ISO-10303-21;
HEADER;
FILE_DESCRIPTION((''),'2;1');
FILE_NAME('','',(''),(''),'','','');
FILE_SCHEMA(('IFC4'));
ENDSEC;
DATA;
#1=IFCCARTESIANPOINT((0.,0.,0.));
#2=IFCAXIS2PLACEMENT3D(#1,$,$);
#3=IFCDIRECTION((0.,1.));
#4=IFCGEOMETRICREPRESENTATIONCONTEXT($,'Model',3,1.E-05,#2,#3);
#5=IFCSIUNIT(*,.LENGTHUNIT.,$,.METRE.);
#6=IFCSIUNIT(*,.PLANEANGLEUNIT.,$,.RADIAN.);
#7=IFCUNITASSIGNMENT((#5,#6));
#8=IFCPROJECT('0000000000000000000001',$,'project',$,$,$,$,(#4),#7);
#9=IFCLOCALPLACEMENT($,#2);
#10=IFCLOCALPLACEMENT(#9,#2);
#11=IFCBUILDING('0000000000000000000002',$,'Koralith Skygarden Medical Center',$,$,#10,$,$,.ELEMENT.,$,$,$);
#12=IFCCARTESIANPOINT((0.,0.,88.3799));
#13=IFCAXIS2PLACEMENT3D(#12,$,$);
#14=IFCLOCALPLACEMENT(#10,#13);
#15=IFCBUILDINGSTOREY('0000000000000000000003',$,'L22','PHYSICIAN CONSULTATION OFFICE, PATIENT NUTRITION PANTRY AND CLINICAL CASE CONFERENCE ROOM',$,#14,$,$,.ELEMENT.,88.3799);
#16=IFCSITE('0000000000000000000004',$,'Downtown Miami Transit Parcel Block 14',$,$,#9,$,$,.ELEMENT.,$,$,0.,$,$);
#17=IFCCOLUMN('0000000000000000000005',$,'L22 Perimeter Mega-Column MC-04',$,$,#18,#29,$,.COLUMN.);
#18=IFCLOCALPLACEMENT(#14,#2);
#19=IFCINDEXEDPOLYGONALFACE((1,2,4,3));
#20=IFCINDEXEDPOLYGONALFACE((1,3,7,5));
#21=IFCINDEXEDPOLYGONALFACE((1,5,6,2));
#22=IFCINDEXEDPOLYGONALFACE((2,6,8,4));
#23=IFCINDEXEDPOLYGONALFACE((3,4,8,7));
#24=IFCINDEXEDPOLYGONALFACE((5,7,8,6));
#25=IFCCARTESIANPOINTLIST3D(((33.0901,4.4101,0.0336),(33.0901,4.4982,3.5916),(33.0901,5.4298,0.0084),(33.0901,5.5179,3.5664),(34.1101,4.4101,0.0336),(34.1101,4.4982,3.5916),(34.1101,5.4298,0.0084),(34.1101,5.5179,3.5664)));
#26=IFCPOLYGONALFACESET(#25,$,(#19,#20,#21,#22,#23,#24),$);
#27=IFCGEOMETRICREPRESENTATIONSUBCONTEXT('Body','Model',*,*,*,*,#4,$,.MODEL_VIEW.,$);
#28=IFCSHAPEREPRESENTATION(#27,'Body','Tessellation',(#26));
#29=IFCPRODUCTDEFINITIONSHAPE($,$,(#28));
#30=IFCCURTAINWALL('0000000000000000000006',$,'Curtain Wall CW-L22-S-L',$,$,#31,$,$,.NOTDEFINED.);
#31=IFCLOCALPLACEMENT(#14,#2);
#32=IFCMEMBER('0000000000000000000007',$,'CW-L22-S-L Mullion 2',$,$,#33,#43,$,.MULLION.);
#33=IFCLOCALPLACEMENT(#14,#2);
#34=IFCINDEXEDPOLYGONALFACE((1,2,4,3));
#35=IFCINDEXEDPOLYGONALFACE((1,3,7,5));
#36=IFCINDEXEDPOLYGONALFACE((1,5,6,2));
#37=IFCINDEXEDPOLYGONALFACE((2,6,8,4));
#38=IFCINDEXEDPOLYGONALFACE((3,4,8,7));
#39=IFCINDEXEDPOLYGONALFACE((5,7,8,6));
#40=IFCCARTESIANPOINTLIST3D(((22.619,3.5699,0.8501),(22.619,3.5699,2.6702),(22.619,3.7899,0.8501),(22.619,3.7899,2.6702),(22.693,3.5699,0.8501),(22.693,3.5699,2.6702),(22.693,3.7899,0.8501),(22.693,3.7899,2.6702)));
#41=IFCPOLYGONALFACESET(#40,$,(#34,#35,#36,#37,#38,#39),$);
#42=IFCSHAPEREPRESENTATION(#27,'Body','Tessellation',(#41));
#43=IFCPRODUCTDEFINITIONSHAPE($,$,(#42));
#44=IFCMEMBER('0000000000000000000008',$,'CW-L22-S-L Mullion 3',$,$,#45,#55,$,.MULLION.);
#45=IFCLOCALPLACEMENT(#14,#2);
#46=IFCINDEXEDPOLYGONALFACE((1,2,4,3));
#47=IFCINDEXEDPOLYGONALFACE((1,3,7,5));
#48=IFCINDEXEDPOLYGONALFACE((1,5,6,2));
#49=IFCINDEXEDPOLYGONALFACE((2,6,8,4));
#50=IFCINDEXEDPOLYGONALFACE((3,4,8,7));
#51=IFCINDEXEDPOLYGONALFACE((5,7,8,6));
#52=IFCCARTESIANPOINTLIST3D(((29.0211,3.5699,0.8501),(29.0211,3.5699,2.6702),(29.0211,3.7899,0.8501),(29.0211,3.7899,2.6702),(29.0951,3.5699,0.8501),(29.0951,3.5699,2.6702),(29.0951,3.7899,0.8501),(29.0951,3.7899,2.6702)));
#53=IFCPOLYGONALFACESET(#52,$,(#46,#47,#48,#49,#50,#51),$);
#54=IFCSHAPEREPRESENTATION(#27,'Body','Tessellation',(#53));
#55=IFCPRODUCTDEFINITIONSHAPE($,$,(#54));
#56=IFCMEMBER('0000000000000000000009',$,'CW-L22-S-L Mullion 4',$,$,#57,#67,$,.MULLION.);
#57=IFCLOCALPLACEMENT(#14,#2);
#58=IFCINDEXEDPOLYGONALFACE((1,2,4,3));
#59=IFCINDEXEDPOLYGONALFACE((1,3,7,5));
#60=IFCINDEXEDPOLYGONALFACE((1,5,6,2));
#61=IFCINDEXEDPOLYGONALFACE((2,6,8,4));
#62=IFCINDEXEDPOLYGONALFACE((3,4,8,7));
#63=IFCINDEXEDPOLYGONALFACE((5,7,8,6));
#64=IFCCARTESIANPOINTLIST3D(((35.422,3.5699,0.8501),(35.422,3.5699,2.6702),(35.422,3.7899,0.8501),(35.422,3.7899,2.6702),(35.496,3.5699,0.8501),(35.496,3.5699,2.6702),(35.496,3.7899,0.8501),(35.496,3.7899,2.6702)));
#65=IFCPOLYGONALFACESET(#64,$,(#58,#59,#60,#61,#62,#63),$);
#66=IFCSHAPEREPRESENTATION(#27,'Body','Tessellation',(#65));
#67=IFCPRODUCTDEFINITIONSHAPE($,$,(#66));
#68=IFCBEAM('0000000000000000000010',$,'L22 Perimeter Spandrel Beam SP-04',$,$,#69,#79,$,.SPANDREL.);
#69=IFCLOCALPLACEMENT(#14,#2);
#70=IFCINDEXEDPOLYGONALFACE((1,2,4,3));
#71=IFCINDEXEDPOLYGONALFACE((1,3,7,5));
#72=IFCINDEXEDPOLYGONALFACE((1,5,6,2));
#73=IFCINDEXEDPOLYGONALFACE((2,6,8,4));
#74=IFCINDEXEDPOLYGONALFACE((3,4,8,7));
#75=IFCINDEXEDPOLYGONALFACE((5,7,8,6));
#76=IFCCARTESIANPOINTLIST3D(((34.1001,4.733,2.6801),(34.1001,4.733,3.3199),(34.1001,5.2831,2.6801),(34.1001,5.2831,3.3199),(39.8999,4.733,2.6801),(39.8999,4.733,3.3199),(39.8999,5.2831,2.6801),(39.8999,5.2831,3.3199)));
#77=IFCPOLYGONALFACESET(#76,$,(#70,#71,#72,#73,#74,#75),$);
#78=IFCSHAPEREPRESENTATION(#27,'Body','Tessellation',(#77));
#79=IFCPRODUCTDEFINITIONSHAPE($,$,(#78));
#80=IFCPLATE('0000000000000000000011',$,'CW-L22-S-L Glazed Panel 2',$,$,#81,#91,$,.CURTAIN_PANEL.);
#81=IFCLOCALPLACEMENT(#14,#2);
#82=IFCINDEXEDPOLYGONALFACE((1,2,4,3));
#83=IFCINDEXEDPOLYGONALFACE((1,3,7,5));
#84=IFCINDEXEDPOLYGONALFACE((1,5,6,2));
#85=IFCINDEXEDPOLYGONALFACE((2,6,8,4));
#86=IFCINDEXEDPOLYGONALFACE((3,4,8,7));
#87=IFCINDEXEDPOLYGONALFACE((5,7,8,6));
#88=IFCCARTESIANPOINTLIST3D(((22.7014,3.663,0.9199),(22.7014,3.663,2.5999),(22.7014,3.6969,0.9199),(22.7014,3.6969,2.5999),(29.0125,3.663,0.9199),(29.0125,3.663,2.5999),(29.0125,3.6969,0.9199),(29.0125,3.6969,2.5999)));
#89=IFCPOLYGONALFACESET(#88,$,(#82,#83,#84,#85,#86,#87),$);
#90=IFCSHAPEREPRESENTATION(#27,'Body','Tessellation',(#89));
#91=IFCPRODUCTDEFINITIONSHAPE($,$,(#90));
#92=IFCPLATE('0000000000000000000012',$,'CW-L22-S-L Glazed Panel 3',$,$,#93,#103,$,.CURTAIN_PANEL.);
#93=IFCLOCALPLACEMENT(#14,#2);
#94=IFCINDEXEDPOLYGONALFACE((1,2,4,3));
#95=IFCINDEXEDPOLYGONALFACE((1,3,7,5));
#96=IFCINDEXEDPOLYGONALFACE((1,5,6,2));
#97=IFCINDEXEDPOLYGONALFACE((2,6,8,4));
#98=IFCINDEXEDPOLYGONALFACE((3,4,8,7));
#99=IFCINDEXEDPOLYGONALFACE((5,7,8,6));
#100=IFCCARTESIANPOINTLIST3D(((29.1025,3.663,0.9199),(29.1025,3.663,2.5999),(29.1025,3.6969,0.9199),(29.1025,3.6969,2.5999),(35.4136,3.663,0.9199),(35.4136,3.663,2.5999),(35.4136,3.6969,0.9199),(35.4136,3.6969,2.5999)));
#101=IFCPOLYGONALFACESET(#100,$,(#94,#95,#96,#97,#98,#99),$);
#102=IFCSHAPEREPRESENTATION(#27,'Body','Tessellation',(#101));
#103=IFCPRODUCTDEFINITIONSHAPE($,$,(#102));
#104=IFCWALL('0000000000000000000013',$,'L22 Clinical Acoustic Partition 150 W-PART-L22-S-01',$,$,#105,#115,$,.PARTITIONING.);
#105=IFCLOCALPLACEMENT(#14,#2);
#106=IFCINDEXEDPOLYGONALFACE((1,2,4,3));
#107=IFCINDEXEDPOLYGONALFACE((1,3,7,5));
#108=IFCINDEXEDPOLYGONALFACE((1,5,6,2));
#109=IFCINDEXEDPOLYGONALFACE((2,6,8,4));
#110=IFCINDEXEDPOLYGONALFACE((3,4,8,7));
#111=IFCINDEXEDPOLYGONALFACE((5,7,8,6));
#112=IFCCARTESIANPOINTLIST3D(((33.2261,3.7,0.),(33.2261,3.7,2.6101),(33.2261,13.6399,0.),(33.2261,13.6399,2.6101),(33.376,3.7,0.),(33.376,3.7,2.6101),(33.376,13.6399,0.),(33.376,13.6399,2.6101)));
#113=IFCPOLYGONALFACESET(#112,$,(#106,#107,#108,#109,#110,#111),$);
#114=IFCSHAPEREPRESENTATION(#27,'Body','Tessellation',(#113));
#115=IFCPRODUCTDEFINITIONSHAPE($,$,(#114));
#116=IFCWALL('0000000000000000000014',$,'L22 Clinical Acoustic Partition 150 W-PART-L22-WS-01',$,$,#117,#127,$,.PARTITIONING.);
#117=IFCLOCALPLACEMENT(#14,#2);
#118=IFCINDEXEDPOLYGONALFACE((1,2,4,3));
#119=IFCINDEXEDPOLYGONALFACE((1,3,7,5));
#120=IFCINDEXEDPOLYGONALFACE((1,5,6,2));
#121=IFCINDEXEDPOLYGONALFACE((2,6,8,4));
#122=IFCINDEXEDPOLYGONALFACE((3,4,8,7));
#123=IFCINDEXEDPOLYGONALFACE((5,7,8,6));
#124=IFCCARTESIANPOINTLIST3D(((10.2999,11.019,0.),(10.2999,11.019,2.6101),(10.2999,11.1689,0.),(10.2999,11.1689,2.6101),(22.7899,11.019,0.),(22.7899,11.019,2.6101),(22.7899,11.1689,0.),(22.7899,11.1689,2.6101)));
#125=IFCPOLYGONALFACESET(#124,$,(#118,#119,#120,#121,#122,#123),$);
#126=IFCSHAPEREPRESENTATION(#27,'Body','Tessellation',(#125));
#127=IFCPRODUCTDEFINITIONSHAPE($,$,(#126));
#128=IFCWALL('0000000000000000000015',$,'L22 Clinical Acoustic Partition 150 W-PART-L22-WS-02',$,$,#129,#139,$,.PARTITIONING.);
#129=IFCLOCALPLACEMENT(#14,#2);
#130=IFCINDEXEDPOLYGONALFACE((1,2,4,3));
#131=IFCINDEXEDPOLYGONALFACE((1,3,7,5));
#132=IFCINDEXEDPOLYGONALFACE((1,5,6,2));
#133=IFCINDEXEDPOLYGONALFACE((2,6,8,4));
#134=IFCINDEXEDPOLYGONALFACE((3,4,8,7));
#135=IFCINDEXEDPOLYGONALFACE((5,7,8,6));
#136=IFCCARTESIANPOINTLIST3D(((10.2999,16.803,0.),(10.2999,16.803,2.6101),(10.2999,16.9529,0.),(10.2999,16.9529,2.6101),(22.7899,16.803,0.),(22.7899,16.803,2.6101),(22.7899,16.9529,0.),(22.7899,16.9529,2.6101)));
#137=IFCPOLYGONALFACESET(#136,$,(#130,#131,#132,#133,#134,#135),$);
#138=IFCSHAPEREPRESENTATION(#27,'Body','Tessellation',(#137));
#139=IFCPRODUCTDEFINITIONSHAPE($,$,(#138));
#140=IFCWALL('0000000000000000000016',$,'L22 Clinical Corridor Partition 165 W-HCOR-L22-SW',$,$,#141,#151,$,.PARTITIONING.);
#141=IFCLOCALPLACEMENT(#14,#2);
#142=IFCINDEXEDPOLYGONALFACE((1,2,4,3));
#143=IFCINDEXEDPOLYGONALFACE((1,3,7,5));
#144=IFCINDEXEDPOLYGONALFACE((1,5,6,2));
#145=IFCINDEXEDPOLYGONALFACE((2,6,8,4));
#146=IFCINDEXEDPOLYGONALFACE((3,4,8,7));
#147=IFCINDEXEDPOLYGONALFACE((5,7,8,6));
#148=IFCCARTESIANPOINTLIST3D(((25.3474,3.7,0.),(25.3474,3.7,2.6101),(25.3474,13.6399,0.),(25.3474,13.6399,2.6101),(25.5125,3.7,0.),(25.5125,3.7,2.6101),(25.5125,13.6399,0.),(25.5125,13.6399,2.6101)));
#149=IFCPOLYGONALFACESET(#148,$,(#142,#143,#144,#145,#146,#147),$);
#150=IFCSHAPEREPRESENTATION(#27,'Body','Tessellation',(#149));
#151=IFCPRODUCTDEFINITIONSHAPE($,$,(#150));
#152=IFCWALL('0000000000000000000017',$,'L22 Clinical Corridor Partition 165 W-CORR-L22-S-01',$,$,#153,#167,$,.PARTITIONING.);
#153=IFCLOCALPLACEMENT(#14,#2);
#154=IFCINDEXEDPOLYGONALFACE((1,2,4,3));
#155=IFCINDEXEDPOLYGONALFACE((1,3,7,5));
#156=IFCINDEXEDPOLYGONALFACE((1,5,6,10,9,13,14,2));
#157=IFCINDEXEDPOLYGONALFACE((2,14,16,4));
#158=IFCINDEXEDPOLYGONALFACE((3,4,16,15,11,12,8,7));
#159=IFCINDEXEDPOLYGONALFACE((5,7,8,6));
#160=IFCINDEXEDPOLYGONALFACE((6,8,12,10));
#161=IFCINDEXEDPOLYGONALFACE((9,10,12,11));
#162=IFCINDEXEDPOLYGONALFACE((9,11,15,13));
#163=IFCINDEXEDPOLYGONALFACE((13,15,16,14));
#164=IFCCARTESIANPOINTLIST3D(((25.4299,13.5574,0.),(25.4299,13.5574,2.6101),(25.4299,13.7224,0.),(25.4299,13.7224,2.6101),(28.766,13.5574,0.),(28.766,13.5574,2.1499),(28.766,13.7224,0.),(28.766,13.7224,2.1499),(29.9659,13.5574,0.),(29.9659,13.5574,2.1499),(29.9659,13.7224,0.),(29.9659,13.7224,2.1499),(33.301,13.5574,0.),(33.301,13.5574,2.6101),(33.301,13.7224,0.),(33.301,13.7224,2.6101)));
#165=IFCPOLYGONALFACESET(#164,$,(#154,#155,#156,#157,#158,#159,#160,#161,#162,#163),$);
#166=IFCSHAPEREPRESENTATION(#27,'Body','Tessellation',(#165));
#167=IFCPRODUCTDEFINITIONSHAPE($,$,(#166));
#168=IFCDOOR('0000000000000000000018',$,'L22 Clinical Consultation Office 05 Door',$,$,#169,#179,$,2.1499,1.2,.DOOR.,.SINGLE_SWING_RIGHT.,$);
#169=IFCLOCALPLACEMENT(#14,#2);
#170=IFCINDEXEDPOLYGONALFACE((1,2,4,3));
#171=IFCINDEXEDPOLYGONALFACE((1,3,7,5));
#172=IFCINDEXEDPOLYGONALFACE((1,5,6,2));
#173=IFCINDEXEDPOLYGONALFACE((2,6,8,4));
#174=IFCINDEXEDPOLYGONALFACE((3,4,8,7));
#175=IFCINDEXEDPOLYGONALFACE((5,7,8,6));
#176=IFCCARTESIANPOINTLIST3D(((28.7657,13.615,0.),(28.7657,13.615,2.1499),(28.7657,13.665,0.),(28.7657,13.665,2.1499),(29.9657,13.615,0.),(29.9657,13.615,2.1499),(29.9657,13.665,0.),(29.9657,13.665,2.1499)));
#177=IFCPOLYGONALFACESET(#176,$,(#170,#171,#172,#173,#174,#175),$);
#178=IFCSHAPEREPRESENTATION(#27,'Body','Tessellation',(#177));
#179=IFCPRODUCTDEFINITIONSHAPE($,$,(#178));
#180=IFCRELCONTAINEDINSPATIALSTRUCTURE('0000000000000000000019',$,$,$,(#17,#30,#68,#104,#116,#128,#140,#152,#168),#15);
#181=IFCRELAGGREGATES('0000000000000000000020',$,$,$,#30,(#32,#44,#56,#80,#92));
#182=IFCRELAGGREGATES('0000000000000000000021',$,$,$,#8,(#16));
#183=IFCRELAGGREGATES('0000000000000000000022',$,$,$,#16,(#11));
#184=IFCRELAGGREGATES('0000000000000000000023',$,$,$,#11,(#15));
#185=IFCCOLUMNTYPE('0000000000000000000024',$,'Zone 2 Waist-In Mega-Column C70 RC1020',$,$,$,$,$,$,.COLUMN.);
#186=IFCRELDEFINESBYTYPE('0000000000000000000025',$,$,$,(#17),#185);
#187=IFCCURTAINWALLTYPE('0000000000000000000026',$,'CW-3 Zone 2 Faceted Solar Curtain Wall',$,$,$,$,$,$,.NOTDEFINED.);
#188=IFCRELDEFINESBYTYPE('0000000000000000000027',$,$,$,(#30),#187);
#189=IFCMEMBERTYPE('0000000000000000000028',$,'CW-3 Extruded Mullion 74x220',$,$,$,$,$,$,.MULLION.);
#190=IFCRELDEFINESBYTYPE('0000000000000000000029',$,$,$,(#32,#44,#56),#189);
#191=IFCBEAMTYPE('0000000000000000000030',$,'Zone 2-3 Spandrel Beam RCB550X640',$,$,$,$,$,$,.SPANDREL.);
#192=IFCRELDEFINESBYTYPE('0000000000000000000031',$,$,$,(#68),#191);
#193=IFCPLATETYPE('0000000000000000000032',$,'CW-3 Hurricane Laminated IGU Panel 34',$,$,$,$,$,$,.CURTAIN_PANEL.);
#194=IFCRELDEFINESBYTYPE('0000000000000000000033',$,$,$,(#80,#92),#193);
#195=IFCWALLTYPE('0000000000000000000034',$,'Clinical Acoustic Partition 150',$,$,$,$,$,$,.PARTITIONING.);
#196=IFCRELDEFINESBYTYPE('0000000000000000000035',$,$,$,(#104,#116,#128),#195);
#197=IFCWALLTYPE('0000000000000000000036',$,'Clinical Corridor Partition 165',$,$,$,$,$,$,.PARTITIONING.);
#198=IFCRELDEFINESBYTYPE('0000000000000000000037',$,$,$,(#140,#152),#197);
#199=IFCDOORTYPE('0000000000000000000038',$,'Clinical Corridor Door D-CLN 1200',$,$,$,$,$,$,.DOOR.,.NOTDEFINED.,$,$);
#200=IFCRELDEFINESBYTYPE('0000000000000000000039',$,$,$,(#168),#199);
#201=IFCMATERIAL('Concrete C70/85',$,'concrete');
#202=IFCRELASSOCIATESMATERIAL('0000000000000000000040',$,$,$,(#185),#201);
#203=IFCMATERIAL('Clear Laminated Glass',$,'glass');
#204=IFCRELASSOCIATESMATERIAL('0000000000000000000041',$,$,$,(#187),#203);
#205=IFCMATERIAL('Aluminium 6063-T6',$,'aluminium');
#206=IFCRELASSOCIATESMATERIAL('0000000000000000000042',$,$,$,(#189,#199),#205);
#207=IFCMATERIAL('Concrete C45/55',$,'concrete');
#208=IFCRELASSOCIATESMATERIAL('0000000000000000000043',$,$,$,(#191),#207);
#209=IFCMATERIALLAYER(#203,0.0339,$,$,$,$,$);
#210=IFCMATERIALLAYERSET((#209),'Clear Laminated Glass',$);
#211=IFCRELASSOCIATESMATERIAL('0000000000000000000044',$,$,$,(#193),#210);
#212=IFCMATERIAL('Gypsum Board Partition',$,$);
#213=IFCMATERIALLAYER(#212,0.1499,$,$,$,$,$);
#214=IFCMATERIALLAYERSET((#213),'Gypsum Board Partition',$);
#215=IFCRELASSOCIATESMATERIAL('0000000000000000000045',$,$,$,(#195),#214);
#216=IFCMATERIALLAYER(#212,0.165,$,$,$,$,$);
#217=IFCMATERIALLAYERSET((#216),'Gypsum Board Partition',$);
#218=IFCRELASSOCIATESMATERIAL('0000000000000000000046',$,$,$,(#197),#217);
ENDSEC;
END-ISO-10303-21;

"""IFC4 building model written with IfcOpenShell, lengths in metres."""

from ifc_helpers import new_model, si_unit, direction, frame, frame_2d, origin, origin_2d, place, context, subcontext, project, spatial, rectangle, extrude, material, layer, layer_set, material_profile, profile_set, type_object, element, fill, aggregate, save


model = new_model("IFC4")

# Units and contexts
model_context = context("Model", 3, precision=1e-05, world=origin(), true_north=direction((0.0, 1.0)))
body_context = subcontext(model_context, "Body", "Model", "MODEL_VIEW")
ifc_project = project(units=[si_unit("LENGTHUNIT", "METRE"), si_unit("PLANEANGLEUNIT", "RADIAN")], contexts=[model_context])

# Site, building, storey
site_placement = place(None, origin())
site = spatial("IfcSite", under=ifc_project, at=site_placement, Name="Downtown Miami Transit Parcel Block 14", CompositionType="ELEMENT", RefElevation=0.0)
building_placement = place(site_placement, origin())
building = spatial("IfcBuilding", under=site, at=building_placement, Name="Koralith Skygarden Medical Center", CompositionType="ELEMENT")
storey_placement = place(building_placement, frame((0.0, 0.0, 88.3799)))
storey = spatial("IfcBuildingStorey", under=building, at=storey_placement, Name="L22", Description="PHYSICIAN CONSULTATION OFFICE, PATIENT NUTRITION PANTRY AND CLINICAL CASE CONFERENCE ROOM", CompositionType="ELEMENT", Elevation=88.3799)

# Column
ifc_material_1 = material(Name="Concrete C70/85", Category="concrete")
ifc_material_profile_1 = material_profile(ifc_material_1, rectangle(XDim=1.02, YDim=1.02, at=origin_2d()), Name="RC1020X1020")
ifc_profile_set_1 = profile_set([ifc_material_profile_1], Name="Concrete C70/85")
column_type = type_object("IfcColumnType", Name="Zone 2 Waist-In Mega-Column C70 RC1020", PredefinedType="COLUMN", material=ifc_profile_set_1)
column_placement = place(storey_placement, frame((33.6001, 4.9199, 0.021), z_axis=(0.0, 0.024763, 0.999693), x_axis=(-1.0, 0.0, 0.0)))
element("IfcColumn", 1, at=column_placement, inside=storey, type_object=column_type, Name="L22 Perimeter Mega-Column MC-04", PredefinedType="COLUMN", context=body_context, shape_type="SweptSolid", body=[
    extrude(rectangle(XDim=1.02, YDim=1.02, at=origin_2d()), origin(), (0.0, 0.0, 1.0), 3.5591),
])

# Curtain wall, members
ifc_material_2 = material(Name="Clear Laminated Glass", Category="glass")
curtain_wall_type = type_object("IfcCurtainWallType", Name="CW-3 Zone 2 Faceted Solar Curtain Wall", PredefinedType="NOTDEFINED", material=ifc_material_2)
curtain_wall_placement = place(storey_placement, origin())
curtain_wall = element("IfcCurtainWall", 2, at=curtain_wall_placement, inside=storey, type_object=curtain_wall_type, Name="Curtain Wall CW-L22-S-L", PredefinedType="NOTDEFINED")
ifc_material_3 = material(Name="Aluminium 6063-T6", Category="aluminium")
ifc_material_profile_2 = material_profile(ifc_material_3, rectangle(XDim=0.074, YDim=0.22, at=origin_2d()), Name="MUL74X220")
ifc_profile_set_2 = profile_set([ifc_material_profile_2], Name="Aluminium 6063-T6")
member_type = type_object("IfcMemberType", Name="CW-3 Extruded Mullion 74x220", PredefinedType="MULLION", material=ifc_profile_set_2)
member_1_placement = place(storey_placement, frame((22.656, 3.6799, 0.8501), z_axis=(0.0, 0.0, 1.0), x_axis=(1.0, 0.0, 0.0)))
member_1 = element("IfcMember", 3, at=member_1_placement, type_object=member_type, Name="CW-L22-S-L Mullion 2", PredefinedType="MULLION", context=body_context, shape_type="SweptSolid", body=[
    extrude(rectangle(XDim=0.074, YDim=0.22, at=origin_2d()), origin(), (0.0, 0.0, 1.0), 1.8201),
])
member_2_placement = place(storey_placement, frame((29.0581, 3.6799, 0.8501), z_axis=(0.0, 0.0, 1.0), x_axis=(1.0, 0.0, 0.0)))
member_2 = element("IfcMember", 4, at=member_2_placement, type_object=member_type, Name="CW-L22-S-L Mullion 3", PredefinedType="MULLION", context=body_context, shape_type="SweptSolid", body=[
    extrude(rectangle(XDim=0.074, YDim=0.22, at=origin_2d()), origin(), (0.0, 0.0, 1.0), 1.8201),
])
member_3_placement = place(storey_placement, frame((35.459, 3.6799, 0.8501), z_axis=(0.0, 0.0, 1.0), x_axis=(1.0, 0.0, 0.0)))
member_3 = element("IfcMember", 5, at=member_3_placement, type_object=member_type, Name="CW-L22-S-L Mullion 4", PredefinedType="MULLION", context=body_context, shape_type="SweptSolid", body=[
    extrude(rectangle(XDim=0.074, YDim=0.22, at=origin_2d()), origin(), (0.0, 0.0, 1.0), 1.8201),
])

# Beam
ifc_material_4 = material(Name="Concrete C45/55", Category="concrete")
ifc_material_profile_3 = material_profile(ifc_material_4, rectangle(XDim=0.55, YDim=0.6399, at=origin_2d()), Name="RCB550X640")
ifc_profile_set_3 = profile_set([ifc_material_profile_3], Name="Concrete C45/55")
beam_type = type_object("IfcBeamType", Name="Zone 2-3 Spandrel Beam RCB550X640", PredefinedType="SPANDREL", material=ifc_profile_set_3)
beam_placement = place(storey_placement, frame((34.1001, 5.0081, 3.0), z_axis=(1.0, 0.0, 0.0), x_axis=(0.0, 1.0, 0.0)))
element("IfcBeam", 6, at=beam_placement, inside=storey, type_object=beam_type, Name="L22 Perimeter Spandrel Beam SP-04", PredefinedType="SPANDREL", context=body_context, shape_type="SweptSolid", body=[
    extrude(rectangle(XDim=0.55, YDim=0.6399, at=origin_2d()), origin(), (0.0, 0.0, 1.0), 5.7998),
])

# Plates
ifc_layer_1 = layer(ifc_material_2, 0.0339)
ifc_layer_set_1 = layer_set([ifc_layer_1], Name="Clear Laminated Glass")
plate_type = type_object("IfcPlateType", Name="CW-3 Hurricane Laminated IGU Panel 34", PredefinedType="CURTAIN_PANEL", material=ifc_layer_set_1)
plate_1_placement = place(storey_placement, frame((25.8569, 3.6799, 0.9199), z_axis=(0.0, 0.0, 1.0), x_axis=(1.0, 0.0, 0.0)))
plate_1 = element("IfcPlate", 7, at=plate_1_placement, type_object=plate_type, Name="CW-L22-S-L Glazed Panel 2", PredefinedType="CURTAIN_PANEL", context=body_context, shape_type="SweptSolid", body=[
    extrude(rectangle(XDim=6.311, YDim=0.0339, at=origin_2d()), origin(), (0.0, 0.0, 1.0), 1.6799),
])
plate_2_placement = place(storey_placement, frame((32.2581, 3.6799, 0.9199), z_axis=(0.0, 0.0, 1.0), x_axis=(1.0, 0.0, 0.0)))
plate_2 = element("IfcPlate", 8, at=plate_2_placement, type_object=plate_type, Name="CW-L22-S-L Glazed Panel 3", PredefinedType="CURTAIN_PANEL", context=body_context, shape_type="SweptSolid", body=[
    extrude(rectangle(XDim=6.311, YDim=0.0339, at=origin_2d()), origin(), (0.0, 0.0, 1.0), 1.6799),
])
aggregate(curtain_wall, [member_1, member_2, member_3, plate_1, plate_2])

# Walls
ifc_material_5 = material(Name="Gypsum Board Partition")
ifc_layer_2 = layer(ifc_material_5, 0.1499)
ifc_layer_set_2 = layer_set([ifc_layer_2], Name="Gypsum Board Partition")
wall_type_1 = type_object("IfcWallType", Name="Clinical Acoustic Partition 150", PredefinedType="PARTITIONING", material=ifc_layer_set_2)
wall_1_placement = place(storey_placement, frame((33.301, 13.6399, 0.0), z_axis=(0.0, 0.0, 1.0), x_axis=(0.0, -1.0, 0.0)))
element("IfcWall", 9, at=wall_1_placement, inside=storey, type_object=wall_type_1, Name="L22 Clinical Acoustic Partition 150 W-PART-L22-S-01", PredefinedType="PARTITIONING", context=body_context, shape_type="SweptSolid", body=[
    extrude(rectangle(XDim=9.9399, YDim=0.1499, at=frame_2d((4.97, 0.0))), origin(), (0.0, 0.0, 1.0), 2.6101),
])
for number, where, z_axis, x_axis, name in (
    (10, (22.79, 11.094, 0.0), (0.0, 0.0, 1.0), (-1.0, 0.0, 0.0), "L22 Clinical Acoustic Partition 150 W-PART-L22-WS-01"),
    (11, (22.79, 16.8779, 0.0), (0.0, 0.0, 1.0), (-1.0, 0.0, 0.0), "L22 Clinical Acoustic Partition 150 W-PART-L22-WS-02"),
):
    element("IfcWall", number, at=place(storey_placement, frame(where, z_axis=z_axis, x_axis=x_axis)), inside=storey, type_object=wall_type_1, Name=name, PredefinedType="PARTITIONING", context=body_context, shape_type="SweptSolid", body=[
        extrude(rectangle(XDim=12.49, YDim=0.1499, at=frame_2d((6.2451, 0.0))), origin(), (0.0, 0.0, 1.0), 2.6101),
    ])
ifc_layer_3 = layer(ifc_material_5, 0.165)
ifc_layer_set_3 = layer_set([ifc_layer_3], Name="Gypsum Board Partition")
wall_type_2 = type_object("IfcWallType", Name="Clinical Corridor Partition 165", PredefinedType="PARTITIONING", material=ifc_layer_set_3)
wall_2_placement = place(storey_placement, frame((25.4299, 3.7, 0.0), z_axis=(0.0, 0.0, 1.0), x_axis=(0.0, 1.0, 0.0)))
element("IfcWall", 12, at=wall_2_placement, inside=storey, type_object=wall_type_2, Name="L22 Clinical Corridor Partition 165 W-HCOR-L22-SW", PredefinedType="PARTITIONING", context=body_context, shape_type="SweptSolid", body=[
    extrude(rectangle(XDim=9.9399, YDim=0.165, at=frame_2d((4.97, 0.0))), origin(), (0.0, 0.0, 1.0), 2.6101),
])

# Wall, opening, door
wall_3_placement = place(storey_placement, frame((25.4299, 13.6399, 0.0), z_axis=(0.0, 0.0, 1.0), x_axis=(1.0, 0.0, 0.0)))
wall_3 = element("IfcWall", 13, at=wall_3_placement, inside=storey, type_object=wall_type_2, Name="L22 Clinical Corridor Partition 165 W-CORR-L22-S-01", PredefinedType="PARTITIONING", context=body_context, shape_type="SweptSolid", body=[
    extrude(rectangle(XDim=7.8711, YDim=0.165, at=frame_2d((3.9355, 0.0))), origin(), (0.0, 0.0, 1.0), 2.6101),
])
opening_1_placement = place(wall_3_placement, frame((3.3359, 0.0, 0.0)))
opening_1 = element("IfcOpeningElement", 14, at=opening_1_placement, cuts=wall_3, PredefinedType="OPENING", context=body_context, shape_type="SweptSolid", body=[
    extrude(rectangle(XDim=1.2, YDim=2.1499, at=frame_2d((0.6001, 1.075))), frame((0.0, 0.0925, 0.0), z_axis=(0.0, -1.0, 0.0), x_axis=(1.0, 0.0, 0.0)), (0.0, 0.0, 1.0), 0.1851),
])
door_type = type_object("IfcDoorType", Name="Clinical Corridor Door D-CLN 1200", OperationType="NOTDEFINED", PredefinedType="DOOR", material=ifc_material_3)
door_1_placement = place(opening_1_placement, frame((1.2, 0.0, 0.0), z_axis=(0.0, 0.0, 1.0), x_axis=(-1.0, 0.0, 0.0)))
door_1 = element("IfcDoor", 15, at=door_1_placement, inside=storey, type_object=door_type, Name="L22 Clinical Consultation Office 05 Door", OperationType="SINGLE_SWING_RIGHT", OverallHeight=2.1499, OverallWidth=1.2, PredefinedType="DOOR", context=body_context, shape_type="SweptSolid", body=[
    extrude(rectangle(XDim=1.2, YDim=2.1499, at=frame_2d((0.6001, 1.075))), frame((0.0, 0.0249, 0.0), z_axis=(0.0, -1.0, 0.0), x_axis=(1.0, 0.0, 0.0)), (0.0, 0.0, 1.0), 0.05),
])
fill(opening_1, door_1)

save(model, "model.ifc")
